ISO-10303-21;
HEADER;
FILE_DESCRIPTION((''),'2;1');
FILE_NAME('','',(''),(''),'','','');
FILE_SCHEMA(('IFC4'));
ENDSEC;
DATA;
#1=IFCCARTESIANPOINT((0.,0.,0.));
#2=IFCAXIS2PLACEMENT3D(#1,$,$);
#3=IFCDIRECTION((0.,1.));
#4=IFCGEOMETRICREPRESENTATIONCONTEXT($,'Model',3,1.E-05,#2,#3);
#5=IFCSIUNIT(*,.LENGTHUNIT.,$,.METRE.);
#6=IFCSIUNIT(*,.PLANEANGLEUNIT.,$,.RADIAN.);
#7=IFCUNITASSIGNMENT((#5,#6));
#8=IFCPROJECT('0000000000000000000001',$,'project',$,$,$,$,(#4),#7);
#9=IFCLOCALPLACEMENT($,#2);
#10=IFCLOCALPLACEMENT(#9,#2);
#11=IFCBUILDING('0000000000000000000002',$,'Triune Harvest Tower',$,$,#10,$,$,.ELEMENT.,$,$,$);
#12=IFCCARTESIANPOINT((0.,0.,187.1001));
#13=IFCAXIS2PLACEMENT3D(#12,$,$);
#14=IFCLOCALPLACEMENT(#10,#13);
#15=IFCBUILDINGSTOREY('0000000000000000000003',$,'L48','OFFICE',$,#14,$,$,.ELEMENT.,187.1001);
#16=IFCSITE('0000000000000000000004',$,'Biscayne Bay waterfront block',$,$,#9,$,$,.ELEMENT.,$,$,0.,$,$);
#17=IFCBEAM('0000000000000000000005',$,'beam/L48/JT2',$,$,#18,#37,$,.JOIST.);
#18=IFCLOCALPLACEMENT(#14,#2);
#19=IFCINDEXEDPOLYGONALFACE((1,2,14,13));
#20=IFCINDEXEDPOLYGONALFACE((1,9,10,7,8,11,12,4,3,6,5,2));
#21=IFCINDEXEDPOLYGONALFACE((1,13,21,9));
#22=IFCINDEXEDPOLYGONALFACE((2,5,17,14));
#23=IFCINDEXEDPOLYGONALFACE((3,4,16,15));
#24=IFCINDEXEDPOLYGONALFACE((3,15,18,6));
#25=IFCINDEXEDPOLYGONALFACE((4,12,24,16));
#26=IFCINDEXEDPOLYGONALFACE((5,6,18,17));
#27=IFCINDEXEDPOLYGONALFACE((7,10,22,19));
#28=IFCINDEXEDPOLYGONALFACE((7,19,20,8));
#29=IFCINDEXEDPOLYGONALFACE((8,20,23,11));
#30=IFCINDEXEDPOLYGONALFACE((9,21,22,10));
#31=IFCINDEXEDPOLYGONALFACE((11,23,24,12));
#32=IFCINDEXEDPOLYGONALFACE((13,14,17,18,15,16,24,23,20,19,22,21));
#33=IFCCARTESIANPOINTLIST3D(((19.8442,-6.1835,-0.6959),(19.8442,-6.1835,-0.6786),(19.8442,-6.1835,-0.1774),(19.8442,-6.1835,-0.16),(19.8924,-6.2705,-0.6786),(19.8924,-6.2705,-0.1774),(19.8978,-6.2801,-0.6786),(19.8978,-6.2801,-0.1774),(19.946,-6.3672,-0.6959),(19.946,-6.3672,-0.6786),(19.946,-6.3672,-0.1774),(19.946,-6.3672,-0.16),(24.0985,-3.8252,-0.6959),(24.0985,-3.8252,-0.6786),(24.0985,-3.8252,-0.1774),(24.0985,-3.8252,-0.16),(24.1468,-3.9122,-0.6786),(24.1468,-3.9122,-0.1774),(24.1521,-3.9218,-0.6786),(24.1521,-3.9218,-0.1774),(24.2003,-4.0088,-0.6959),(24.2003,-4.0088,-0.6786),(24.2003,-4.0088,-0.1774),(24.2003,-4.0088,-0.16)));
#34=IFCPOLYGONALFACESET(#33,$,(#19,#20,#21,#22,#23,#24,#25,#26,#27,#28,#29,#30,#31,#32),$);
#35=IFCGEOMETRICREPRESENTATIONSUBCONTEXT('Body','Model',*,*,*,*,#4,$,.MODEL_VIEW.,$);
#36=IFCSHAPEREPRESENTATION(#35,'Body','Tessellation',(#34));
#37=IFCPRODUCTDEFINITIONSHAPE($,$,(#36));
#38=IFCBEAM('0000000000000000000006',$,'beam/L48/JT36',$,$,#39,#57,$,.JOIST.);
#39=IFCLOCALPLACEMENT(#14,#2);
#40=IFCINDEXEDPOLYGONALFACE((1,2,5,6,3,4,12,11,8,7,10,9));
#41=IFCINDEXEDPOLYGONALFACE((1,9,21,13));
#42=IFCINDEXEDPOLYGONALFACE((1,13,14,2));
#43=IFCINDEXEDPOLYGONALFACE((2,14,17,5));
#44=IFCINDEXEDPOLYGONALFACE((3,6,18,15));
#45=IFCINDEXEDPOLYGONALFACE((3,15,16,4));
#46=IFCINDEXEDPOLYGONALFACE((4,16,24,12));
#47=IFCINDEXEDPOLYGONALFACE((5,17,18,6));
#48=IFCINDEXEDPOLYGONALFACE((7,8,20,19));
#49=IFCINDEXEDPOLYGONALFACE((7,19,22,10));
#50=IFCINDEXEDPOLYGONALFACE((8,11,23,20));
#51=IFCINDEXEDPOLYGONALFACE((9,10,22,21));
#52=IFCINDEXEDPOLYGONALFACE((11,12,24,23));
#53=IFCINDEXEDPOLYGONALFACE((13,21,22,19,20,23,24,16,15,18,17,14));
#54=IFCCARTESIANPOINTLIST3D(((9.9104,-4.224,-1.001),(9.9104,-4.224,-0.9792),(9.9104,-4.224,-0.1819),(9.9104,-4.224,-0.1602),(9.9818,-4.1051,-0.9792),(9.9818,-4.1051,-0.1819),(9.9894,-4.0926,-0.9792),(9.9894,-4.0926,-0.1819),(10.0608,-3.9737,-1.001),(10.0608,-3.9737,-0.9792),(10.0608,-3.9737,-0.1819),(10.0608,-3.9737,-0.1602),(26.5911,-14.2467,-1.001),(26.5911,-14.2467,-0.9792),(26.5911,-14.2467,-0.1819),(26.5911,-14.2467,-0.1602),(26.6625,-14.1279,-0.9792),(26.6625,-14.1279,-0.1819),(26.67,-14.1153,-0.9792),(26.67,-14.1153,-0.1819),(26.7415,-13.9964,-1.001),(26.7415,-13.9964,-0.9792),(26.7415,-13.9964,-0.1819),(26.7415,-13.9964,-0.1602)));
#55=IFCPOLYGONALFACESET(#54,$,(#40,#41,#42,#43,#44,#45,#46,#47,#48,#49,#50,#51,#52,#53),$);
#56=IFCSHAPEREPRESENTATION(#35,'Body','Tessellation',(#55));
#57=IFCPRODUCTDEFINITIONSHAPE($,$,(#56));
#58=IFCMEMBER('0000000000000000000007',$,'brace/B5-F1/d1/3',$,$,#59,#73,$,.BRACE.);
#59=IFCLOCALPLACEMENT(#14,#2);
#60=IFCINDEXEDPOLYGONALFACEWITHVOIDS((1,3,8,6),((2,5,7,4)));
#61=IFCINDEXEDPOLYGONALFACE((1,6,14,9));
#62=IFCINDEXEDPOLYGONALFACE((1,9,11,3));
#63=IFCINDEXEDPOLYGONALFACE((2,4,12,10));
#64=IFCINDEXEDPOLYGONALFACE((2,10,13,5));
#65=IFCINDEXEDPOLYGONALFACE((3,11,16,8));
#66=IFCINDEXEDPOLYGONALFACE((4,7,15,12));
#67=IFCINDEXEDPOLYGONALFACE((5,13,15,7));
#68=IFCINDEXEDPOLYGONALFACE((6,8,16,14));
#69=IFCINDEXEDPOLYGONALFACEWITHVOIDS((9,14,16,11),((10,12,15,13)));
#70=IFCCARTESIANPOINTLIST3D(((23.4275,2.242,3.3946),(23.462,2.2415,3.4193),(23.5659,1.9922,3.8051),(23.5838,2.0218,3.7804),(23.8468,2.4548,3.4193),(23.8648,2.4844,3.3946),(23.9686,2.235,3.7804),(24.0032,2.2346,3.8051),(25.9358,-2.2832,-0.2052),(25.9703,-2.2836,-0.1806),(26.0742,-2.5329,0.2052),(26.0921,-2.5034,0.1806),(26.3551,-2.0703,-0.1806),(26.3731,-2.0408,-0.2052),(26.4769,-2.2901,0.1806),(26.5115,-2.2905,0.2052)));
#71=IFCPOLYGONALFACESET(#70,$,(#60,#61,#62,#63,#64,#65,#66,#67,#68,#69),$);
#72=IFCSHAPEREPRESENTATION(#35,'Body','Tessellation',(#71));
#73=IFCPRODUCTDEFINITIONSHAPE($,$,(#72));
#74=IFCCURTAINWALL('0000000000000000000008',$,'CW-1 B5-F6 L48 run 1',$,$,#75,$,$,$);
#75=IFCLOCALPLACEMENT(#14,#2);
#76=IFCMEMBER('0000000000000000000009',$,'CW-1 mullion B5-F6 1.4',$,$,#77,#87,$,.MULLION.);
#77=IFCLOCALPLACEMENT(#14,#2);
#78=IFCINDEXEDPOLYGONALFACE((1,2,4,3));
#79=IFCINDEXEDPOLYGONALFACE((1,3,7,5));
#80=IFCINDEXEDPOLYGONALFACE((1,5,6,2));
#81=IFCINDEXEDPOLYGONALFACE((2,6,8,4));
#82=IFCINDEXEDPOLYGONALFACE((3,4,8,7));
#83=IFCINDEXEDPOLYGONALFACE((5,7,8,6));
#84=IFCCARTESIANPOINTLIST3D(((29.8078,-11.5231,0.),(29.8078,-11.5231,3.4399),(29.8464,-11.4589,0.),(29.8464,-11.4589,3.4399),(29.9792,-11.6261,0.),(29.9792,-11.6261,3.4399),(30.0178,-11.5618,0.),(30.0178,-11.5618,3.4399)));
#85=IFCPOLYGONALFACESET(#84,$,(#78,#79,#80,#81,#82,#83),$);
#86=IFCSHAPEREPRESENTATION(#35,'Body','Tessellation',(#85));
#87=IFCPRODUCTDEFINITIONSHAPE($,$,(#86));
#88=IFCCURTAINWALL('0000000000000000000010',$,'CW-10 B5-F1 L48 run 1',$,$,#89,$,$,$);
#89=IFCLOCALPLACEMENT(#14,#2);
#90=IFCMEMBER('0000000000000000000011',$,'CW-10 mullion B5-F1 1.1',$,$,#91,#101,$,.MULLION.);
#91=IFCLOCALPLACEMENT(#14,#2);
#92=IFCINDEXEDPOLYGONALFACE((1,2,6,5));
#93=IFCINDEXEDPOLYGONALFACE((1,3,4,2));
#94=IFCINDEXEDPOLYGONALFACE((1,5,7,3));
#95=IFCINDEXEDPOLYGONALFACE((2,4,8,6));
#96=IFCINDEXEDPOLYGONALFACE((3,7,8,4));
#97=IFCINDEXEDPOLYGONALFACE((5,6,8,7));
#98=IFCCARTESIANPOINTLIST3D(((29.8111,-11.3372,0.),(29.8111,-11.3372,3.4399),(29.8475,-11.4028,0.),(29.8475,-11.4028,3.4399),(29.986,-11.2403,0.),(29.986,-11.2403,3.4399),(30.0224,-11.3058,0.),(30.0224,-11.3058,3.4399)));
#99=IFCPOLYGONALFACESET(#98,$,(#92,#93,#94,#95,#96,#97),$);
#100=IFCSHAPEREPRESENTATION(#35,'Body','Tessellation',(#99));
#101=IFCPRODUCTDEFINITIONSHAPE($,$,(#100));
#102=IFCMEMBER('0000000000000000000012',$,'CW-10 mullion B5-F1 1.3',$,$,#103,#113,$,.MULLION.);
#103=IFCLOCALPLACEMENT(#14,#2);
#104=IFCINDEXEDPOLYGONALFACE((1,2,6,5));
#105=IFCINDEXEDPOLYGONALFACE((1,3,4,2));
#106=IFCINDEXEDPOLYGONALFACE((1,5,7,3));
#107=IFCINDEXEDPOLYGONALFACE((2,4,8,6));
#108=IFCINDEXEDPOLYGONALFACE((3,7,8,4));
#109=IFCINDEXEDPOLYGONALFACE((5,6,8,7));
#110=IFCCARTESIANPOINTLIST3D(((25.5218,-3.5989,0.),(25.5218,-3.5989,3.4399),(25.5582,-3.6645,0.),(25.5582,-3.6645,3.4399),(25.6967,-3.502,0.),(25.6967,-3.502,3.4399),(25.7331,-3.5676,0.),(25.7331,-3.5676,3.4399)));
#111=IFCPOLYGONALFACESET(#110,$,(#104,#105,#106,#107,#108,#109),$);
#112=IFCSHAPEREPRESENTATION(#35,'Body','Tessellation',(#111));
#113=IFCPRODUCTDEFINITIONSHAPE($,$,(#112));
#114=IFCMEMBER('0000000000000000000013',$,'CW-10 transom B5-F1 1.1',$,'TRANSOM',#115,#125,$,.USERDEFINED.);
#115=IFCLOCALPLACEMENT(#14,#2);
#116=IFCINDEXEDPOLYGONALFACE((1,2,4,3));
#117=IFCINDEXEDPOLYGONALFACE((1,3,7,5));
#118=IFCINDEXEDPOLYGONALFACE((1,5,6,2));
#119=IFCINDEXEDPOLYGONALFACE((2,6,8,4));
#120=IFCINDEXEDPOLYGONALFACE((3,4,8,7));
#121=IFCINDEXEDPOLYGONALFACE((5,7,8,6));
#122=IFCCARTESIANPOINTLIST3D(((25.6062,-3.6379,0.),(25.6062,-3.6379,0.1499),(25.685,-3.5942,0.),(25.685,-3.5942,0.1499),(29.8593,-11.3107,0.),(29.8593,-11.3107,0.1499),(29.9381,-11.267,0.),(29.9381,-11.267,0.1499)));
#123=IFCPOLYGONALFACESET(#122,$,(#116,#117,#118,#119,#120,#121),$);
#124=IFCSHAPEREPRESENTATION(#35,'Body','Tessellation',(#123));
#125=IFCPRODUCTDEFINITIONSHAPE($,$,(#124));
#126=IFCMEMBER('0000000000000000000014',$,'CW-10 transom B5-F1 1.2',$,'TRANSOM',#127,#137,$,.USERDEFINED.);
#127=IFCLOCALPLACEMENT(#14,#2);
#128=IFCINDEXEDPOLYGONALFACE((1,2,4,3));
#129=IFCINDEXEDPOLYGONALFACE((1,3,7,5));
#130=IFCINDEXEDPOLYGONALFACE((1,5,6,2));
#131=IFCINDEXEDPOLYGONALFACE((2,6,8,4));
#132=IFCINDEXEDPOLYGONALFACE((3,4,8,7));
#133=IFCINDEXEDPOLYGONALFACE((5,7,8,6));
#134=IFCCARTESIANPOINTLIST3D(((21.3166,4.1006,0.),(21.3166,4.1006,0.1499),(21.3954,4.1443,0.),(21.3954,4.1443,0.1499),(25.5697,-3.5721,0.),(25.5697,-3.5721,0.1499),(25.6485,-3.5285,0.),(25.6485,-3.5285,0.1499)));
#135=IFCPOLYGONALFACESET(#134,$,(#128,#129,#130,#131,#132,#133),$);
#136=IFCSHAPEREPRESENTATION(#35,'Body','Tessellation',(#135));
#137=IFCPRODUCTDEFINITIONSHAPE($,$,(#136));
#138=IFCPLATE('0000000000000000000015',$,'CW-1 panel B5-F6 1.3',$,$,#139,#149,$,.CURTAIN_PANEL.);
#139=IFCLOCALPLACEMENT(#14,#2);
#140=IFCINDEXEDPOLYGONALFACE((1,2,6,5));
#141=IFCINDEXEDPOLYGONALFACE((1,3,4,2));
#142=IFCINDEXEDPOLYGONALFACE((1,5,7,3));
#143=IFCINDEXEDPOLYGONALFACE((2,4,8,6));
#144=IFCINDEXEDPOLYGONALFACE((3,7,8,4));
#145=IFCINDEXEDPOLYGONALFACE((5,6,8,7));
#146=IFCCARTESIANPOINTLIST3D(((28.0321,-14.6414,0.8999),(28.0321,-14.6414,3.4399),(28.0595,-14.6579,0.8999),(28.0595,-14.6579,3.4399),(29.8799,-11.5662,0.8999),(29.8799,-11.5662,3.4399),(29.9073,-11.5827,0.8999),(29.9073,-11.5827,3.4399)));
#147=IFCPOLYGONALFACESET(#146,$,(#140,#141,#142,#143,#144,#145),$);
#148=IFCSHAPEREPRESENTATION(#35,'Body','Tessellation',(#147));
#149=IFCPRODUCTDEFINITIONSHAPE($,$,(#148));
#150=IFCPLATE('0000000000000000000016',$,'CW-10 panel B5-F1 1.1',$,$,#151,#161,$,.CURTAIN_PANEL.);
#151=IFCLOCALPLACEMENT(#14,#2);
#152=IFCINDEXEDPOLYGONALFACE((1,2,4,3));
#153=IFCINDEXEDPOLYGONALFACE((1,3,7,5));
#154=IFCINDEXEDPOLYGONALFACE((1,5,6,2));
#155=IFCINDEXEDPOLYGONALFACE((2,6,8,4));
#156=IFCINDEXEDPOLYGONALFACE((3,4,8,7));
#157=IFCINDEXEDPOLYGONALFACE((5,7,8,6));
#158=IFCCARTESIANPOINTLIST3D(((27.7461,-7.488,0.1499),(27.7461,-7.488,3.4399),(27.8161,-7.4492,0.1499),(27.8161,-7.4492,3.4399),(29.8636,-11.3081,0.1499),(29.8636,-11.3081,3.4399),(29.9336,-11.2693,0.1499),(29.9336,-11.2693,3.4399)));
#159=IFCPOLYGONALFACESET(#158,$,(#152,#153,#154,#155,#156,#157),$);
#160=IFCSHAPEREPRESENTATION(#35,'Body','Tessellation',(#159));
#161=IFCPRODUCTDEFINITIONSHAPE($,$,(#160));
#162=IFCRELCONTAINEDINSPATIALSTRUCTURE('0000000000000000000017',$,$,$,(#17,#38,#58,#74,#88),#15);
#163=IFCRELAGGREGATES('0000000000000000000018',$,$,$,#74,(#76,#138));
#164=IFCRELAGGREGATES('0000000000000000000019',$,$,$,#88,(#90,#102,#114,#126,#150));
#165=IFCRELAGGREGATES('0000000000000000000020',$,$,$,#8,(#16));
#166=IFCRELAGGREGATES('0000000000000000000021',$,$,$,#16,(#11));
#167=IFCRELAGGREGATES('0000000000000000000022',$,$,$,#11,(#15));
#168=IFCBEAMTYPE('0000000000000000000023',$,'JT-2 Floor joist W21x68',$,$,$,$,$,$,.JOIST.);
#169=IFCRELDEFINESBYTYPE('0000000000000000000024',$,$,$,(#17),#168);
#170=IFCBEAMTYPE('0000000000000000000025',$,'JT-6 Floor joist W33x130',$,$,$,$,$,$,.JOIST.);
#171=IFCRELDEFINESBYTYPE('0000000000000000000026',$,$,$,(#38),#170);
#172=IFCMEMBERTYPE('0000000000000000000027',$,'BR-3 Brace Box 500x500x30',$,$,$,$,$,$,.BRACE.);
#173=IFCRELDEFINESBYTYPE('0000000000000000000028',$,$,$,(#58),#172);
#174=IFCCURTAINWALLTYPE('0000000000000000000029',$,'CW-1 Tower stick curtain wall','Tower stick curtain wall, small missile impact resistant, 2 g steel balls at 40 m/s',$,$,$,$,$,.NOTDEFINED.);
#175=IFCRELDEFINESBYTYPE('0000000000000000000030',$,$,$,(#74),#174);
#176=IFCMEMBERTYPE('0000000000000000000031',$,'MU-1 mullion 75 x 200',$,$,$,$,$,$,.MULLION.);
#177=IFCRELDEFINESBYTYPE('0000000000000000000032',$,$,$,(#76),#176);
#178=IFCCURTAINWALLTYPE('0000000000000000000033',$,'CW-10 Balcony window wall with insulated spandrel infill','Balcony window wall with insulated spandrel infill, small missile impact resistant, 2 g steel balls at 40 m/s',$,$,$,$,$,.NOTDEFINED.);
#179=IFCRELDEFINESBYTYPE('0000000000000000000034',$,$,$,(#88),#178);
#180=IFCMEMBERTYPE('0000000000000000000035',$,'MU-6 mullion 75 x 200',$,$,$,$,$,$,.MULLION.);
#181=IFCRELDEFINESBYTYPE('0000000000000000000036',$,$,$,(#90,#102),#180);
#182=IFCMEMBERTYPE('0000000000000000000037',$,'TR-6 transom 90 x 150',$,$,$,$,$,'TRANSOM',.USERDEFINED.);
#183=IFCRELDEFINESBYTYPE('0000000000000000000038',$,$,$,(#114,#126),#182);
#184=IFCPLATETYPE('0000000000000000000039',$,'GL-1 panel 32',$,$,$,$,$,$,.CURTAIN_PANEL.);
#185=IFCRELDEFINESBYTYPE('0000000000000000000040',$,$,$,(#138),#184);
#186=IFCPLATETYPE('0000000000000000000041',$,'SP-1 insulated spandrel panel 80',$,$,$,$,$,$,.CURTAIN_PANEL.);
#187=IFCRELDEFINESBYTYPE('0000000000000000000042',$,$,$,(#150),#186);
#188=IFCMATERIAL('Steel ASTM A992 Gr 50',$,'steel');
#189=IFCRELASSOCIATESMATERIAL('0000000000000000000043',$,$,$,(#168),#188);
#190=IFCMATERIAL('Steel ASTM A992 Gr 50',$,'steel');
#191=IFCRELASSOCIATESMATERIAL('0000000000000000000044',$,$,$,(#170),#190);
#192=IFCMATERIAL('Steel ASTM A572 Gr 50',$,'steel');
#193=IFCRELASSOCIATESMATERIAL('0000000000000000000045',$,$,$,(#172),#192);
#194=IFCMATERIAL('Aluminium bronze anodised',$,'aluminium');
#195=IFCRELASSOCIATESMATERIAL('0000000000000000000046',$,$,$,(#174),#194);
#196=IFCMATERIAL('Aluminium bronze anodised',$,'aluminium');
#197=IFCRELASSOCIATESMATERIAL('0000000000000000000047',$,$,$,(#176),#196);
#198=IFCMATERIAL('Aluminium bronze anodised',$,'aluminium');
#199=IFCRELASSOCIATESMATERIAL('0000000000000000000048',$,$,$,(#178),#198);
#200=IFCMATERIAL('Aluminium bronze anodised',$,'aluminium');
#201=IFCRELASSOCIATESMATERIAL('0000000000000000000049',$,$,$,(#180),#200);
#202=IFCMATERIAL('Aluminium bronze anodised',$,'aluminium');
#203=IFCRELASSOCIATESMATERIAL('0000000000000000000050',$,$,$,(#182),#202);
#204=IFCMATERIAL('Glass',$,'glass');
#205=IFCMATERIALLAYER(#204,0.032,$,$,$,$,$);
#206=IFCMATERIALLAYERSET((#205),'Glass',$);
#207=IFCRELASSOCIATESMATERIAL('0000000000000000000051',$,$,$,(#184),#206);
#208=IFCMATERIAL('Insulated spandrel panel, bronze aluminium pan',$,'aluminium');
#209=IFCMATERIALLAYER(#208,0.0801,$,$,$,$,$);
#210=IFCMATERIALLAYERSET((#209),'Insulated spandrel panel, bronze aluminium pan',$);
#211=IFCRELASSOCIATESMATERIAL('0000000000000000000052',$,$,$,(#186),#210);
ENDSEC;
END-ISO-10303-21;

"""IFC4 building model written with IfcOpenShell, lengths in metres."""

from ifc_helpers import new_model, si_unit, direction, frame, origin, origin_2d, place, context, subcontext, project, spatial, rectangle, hollow_rectangle, i_section, extrude, source, transform, mapped, material, layer, layer_set, material_profile, profile_set, type_object, element, aggregate, save


model = new_model("IFC4")

# Units and contexts
model_context = context("Model", 3, precision=1e-05, world=origin(), true_north=direction((0.0, 1.0)))
body_context = subcontext(model_context, "Body", "Model", "MODEL_VIEW")
ifc_project = project(units=[si_unit("LENGTHUNIT", "METRE"), si_unit("PLANEANGLEUNIT", "RADIAN")], contexts=[model_context])

# Site, building, storey
site_placement = place(None, origin())
site = spatial("IfcSite", under=ifc_project, at=site_placement, Name="Biscayne Bay waterfront block", CompositionType="ELEMENT", RefElevation=0.0)
building_placement = place(site_placement, origin())
building = spatial("IfcBuilding", under=site, at=building_placement, Name="Triune Harvest Tower", CompositionType="ELEMENT")
storey_placement = place(building_placement, frame((0.0, 0.0, 187.1001)))
storey = spatial("IfcBuildingStorey", under=building, at=storey_placement, Name="L48", Description="OFFICE", CompositionType="ELEMENT", Elevation=187.1001)

# Beams
ifc_material_1 = material(Name="Steel ASTM A992 Gr 50", Category="steel")
ifc_material_profile_1 = material_profile(ifc_material_1, i_section(OverallWidth=0.21, OverallDepth=0.5359, WebThickness=0.011, FlangeThickness=0.0173, at=origin_2d()), Name="W21x68")
ifc_profile_set_1 = profile_set([ifc_material_profile_1], Name="Steel ASTM A992 Gr 50")
beam_type_1 = type_object("IfcBeamType", Name="JT-2 Floor joist W21x68", PredefinedType="JOIST", material=ifc_profile_set_1)
shared_shape_1 = source(origin(), body_context, "Body", "SweptSolid", [
    extrude(i_section(OverallWidth=0.21, OverallDepth=0.5359, WebThickness=0.011, FlangeThickness=0.0173, at=origin_2d()), origin(), (0.0, 0.0, 1.0), 4.8643),
])
beam_1_placement = place(storey_placement, frame((24.1494, -3.917, -0.428), z_axis=(-0.874607, -0.484833, 0.0), x_axis=(0.484833, -0.874607, 0.0)))
element("IfcBeam", 1, at=beam_1_placement, inside=storey, type_object=beam_type_1, Name="beam/L48/JT2", PredefinedType="JOIST", context=body_context, shape_type="MappedRepresentation", body=[
    mapped(shared_shape_1, transform((0.0, 0.0, 0.0), scale=1.0)),
])
ifc_material_2 = material(Name="Steel ASTM A992 Gr 50", Category="steel")
ifc_material_profile_2 = material_profile(ifc_material_2, i_section(OverallWidth=0.292, OverallDepth=0.8408, WebThickness=0.0146, FlangeThickness=0.0217, at=origin_2d()), Name="W33x130")
ifc_profile_set_2 = profile_set([ifc_material_profile_2], Name="Steel ASTM A992 Gr 50")
beam_type_2 = type_object("IfcBeamType", Name="JT-6 Floor joist W33x130", PredefinedType="JOIST", material=ifc_profile_set_2)
shared_shape_2 = source(origin(), body_context, "Body", "SweptSolid", [
    extrude(i_section(OverallWidth=0.292, OverallDepth=0.8408, WebThickness=0.0146, FlangeThickness=0.0217, at=origin_2d()), origin(), (0.0, 0.0, 1.0), 19.4602),
])
beam_2_placement = place(storey_placement, frame((26.6663, -14.1216, -0.5806), z_axis=(-0.857168, 0.515036, 0.0), x_axis=(-0.515036, -0.857168, 0.0)))
element("IfcBeam", 2, at=beam_2_placement, inside=storey, type_object=beam_type_2, Name="beam/L48/JT36", PredefinedType="JOIST", context=body_context, shape_type="MappedRepresentation", body=[
    mapped(shared_shape_2, transform((0.0, 0.0, 0.0), scale=1.0)),
])

# Member
ifc_material_3 = material(Name="Steel ASTM A572 Gr 50", Category="steel")
ifc_material_profile_3 = material_profile(ifc_material_3, hollow_rectangle(XDim=0.5, YDim=0.5, WallThickness=0.03, at=origin_2d()), Name="Box 500x500x30")
ifc_profile_set_3 = profile_set([ifc_material_profile_3], Name="Steel ASTM A572 Gr 50")
member_type_1 = type_object("IfcMemberType", Name="BR-3 Brace Box 500x500x30", PredefinedType="BRACE", material=ifc_profile_set_3)
shared_shape_3 = source(origin(), body_context, "Body", "SweptSolid", [
    extrude(hollow_rectangle(XDim=0.5, YDim=0.5, WallThickness=0.03, at=origin_2d()), origin(), (0.0, 0.0, 1.0), 6.303),
])
member_1_placement = place(storey_placement, frame((26.2236, -2.2869, 0.0), z_axis=(-0.397955, 0.717938, 0.571136), x_axis=(-0.874622, -0.484805, 0.0)))
element("IfcMember", 3, at=member_1_placement, inside=storey, type_object=member_type_1, Name="brace/B5-F1/d1/3", PredefinedType="BRACE", context=body_context, shape_type="MappedRepresentation", body=[
    mapped(shared_shape_3, transform((0.0, 0.0, 0.0), scale=1.0)),
])

# Curtain wall, member
ifc_material_4 = material(Name="Aluminium bronze anodised", Category="aluminium")
curtain_wall_type_1 = type_object("IfcCurtainWallType", Name="CW-1 Tower stick curtain wall", Description="Tower stick curtain wall, small missile impact resistant, 2 g steel balls at 40 m/s", PredefinedType="NOTDEFINED", material=ifc_material_4)
curtain_wall_1_placement = place(storey_placement, origin())
curtain_wall_1 = element("IfcCurtainWall", 4, at=curtain_wall_1_placement, inside=storey, type_object=curtain_wall_type_1, Name="CW-1 B5-F6 L48 run 1")
ifc_material_5 = material(Name="Aluminium bronze anodised", Category="aluminium")
ifc_material_profile_4 = material_profile(ifc_material_5, rectangle(XDim=0.2, YDim=0.075, at=origin_2d()), Name="MU-1 mullion 75 x 200")
ifc_profile_set_4 = profile_set([ifc_material_profile_4], Name="Aluminium bronze anodised")
member_type_2 = type_object("IfcMemberType", Name="MU-1 mullion 75 x 200", PredefinedType="MULLION", material=ifc_profile_set_4)
shared_shape_4 = source(origin(), body_context, "Body", "SweptSolid", [
    extrude(rectangle(XDim=0.2, YDim=0.075, at=origin_2d()), origin(), (0.0, 0.0, 1.0), 3.4399),
])
member_2_placement = place(storey_placement, frame((29.9128, -11.5425, 0.0), z_axis=(0.0, 0.0, 1.0), x_axis=(-0.857168, 0.515037, 0.0)))
member_2 = element("IfcMember", 5, at=member_2_placement, type_object=member_type_2, Name="CW-1 mullion B5-F6 1.4", PredefinedType="MULLION", context=body_context, shape_type="MappedRepresentation", body=[
    mapped(shared_shape_4, transform((0.0, 0.0, 0.0), scale=1.0)),
])

# Curtain wall, members
ifc_material_6 = material(Name="Aluminium bronze anodised", Category="aluminium")
curtain_wall_type_2 = type_object("IfcCurtainWallType", Name="CW-10 Balcony window wall with insulated spandrel infill", Description="Balcony window wall with insulated spandrel infill, small missile impact resistant, 2 g steel balls at 40 m/s", PredefinedType="NOTDEFINED", material=ifc_material_6)
curtain_wall_2_placement = place(storey_placement, origin())
curtain_wall_2 = element("IfcCurtainWall", 6, at=curtain_wall_2_placement, inside=storey, type_object=curtain_wall_type_2, Name="CW-10 B5-F1 L48 run 1")
ifc_material_7 = material(Name="Aluminium bronze anodised", Category="aluminium")
ifc_material_profile_5 = material_profile(ifc_material_7, rectangle(XDim=0.2, YDim=0.075, at=origin_2d()), Name="MU-6 mullion 75 x 200")
ifc_profile_set_5 = profile_set([ifc_material_profile_5], Name="Aluminium bronze anodised")
member_type_3 = type_object("IfcMemberType", Name="MU-6 mullion 75 x 200", PredefinedType="MULLION", material=ifc_profile_set_5)
shared_shape_5 = source(origin(), body_context, "Body", "SweptSolid", [
    extrude(rectangle(XDim=0.2, YDim=0.075, at=origin_2d()), origin(), (0.0, 0.0, 1.0), 3.4399),
])
member_3_placement = place(storey_placement, frame((29.9167, -11.3215, 0.0), z_axis=(0.0, 0.0, 1.0), x_axis=(-0.874621, -0.484807, 0.0)))
member_3 = element("IfcMember", 7, at=member_3_placement, type_object=member_type_3, Name="CW-10 mullion B5-F1 1.1", PredefinedType="MULLION", context=body_context, shape_type="MappedRepresentation", body=[
    mapped(shared_shape_5, transform((0.0, 0.0, 0.0), scale=1.0)),
])
member_4_placement = place(storey_placement, frame((25.6274, -3.5833, 0.0), z_axis=(0.0, 0.0, 1.0), x_axis=(-0.874621, -0.484807, 0.0)))
member_4 = element("IfcMember", 8, at=member_4_placement, type_object=member_type_3, Name="CW-10 mullion B5-F1 1.3", PredefinedType="MULLION", context=body_context, shape_type="MappedRepresentation", body=[
    mapped(shared_shape_5, transform((0.0, 0.0, 0.0), scale=1.0)),
])
ifc_material_8 = material(Name="Aluminium bronze anodised", Category="aluminium")
ifc_material_profile_6 = material_profile(ifc_material_8, rectangle(XDim=0.0901, YDim=0.1499, at=origin_2d()), Name="TR-6 transom 90 x 150")
ifc_profile_set_6 = profile_set([ifc_material_profile_6], Name="Aluminium bronze anodised")
member_type_4 = type_object("IfcMemberType", Name="TR-6 transom 90 x 150", ElementType="TRANSOM", PredefinedType="USERDEFINED", material=ifc_profile_set_6)
shared_shape_6 = source(origin(), body_context, "Body", "SweptSolid", [
    extrude(rectangle(XDim=0.0901, YDim=0.1499, at=origin_2d()), origin(), (0.0, 0.0, 1.0), 8.7727),
])
member_5_placement = place(storey_placement, frame((29.8987, -11.2888, 0.075), z_axis=(-0.484813, 0.874618, 0.0), x_axis=(-0.874618, -0.484813, 0.0)))
member_5 = element("IfcMember", 9, at=member_5_placement, type_object=member_type_4, Name="CW-10 transom B5-F1 1.1", ObjectType="TRANSOM", PredefinedType="USERDEFINED", context=body_context, shape_type="MappedRepresentation", body=[
    mapped(shared_shape_6, transform((0.0, 0.0, 0.0), scale=1.0)),
])
member_6_placement = place(storey_placement, frame((25.6091, -3.5503, 0.075), z_axis=(-0.484813, 0.874618, 0.0), x_axis=(-0.874618, -0.484813, 0.0)))
member_6 = element("IfcMember", 10, at=member_6_placement, type_object=member_type_4, Name="CW-10 transom B5-F1 1.2", ObjectType="TRANSOM", PredefinedType="USERDEFINED", context=body_context, shape_type="MappedRepresentation", body=[
    mapped(shared_shape_6, transform((0.0, 0.0, 0.0), scale=1.0)),
])

# Plates
ifc_material_9 = material(Name="Glass", Category="glass")
ifc_layer_1 = layer(ifc_material_9, 0.032)
ifc_layer_set_1 = layer_set([ifc_layer_1], Name="Glass")
plate_type_1 = type_object("IfcPlateType", Name="GL-1 panel 32", PredefinedType="CURTAIN_PANEL", material=ifc_layer_set_1)
shared_shape_7 = source(origin(), body_context, "Body", "SweptSolid", [
    extrude(rectangle(XDim=3.5876, YDim=0.032, at=origin_2d()), origin(), (0.0, 0.0, 1.0), 2.54),
])
plate_1_placement = place(storey_placement, frame((28.9697, -13.1121, 0.8999), z_axis=(0.0, 0.0, 1.0), x_axis=(0.515037, 0.857168, 0.0)))
plate_1 = element("IfcPlate", 11, at=plate_1_placement, type_object=plate_type_1, Name="CW-1 panel B5-F6 1.3", PredefinedType="CURTAIN_PANEL", context=body_context, shape_type="MappedRepresentation", body=[
    mapped(shared_shape_7, transform((0.0, 0.0, 0.0), scale=1.0)),
])
aggregate(curtain_wall_1, [member_2, plate_1])
ifc_material_10 = material(Name="Insulated spandrel panel, bronze aluminium pan", Category="aluminium")
ifc_layer_2 = layer(ifc_material_10, 0.0801)
ifc_layer_set_2 = layer_set([ifc_layer_2], Name="Insulated spandrel panel, bronze aluminium pan")
plate_type_2 = type_object("IfcPlateType", Name="SP-1 insulated spandrel panel 80", PredefinedType="CURTAIN_PANEL", material=ifc_layer_set_2)
shared_shape_8 = source(origin(), body_context, "Body", "SweptSolid", [
    extrude(rectangle(XDim=4.3677, YDim=0.0801, at=origin_2d()), origin(), (0.0, 0.0, 1.0), 3.29),
])
plate_2_placement = place(storey_placement, frame((28.8398, -9.3787, 0.1499), z_axis=(0.0, 0.0, 1.0), x_axis=(-0.484807, 0.874621, 0.0)))
plate_2 = element("IfcPlate", 12, at=plate_2_placement, type_object=plate_type_2, Name="CW-10 panel B5-F1 1.1", PredefinedType="CURTAIN_PANEL", context=body_context, shape_type="MappedRepresentation", body=[
    mapped(shared_shape_8, transform((0.0, 0.0, 0.0), scale=1.0)),
])
aggregate(curtain_wall_2, [member_3, member_4, member_5, member_6, plate_2])

save(model, "model.ifc")
